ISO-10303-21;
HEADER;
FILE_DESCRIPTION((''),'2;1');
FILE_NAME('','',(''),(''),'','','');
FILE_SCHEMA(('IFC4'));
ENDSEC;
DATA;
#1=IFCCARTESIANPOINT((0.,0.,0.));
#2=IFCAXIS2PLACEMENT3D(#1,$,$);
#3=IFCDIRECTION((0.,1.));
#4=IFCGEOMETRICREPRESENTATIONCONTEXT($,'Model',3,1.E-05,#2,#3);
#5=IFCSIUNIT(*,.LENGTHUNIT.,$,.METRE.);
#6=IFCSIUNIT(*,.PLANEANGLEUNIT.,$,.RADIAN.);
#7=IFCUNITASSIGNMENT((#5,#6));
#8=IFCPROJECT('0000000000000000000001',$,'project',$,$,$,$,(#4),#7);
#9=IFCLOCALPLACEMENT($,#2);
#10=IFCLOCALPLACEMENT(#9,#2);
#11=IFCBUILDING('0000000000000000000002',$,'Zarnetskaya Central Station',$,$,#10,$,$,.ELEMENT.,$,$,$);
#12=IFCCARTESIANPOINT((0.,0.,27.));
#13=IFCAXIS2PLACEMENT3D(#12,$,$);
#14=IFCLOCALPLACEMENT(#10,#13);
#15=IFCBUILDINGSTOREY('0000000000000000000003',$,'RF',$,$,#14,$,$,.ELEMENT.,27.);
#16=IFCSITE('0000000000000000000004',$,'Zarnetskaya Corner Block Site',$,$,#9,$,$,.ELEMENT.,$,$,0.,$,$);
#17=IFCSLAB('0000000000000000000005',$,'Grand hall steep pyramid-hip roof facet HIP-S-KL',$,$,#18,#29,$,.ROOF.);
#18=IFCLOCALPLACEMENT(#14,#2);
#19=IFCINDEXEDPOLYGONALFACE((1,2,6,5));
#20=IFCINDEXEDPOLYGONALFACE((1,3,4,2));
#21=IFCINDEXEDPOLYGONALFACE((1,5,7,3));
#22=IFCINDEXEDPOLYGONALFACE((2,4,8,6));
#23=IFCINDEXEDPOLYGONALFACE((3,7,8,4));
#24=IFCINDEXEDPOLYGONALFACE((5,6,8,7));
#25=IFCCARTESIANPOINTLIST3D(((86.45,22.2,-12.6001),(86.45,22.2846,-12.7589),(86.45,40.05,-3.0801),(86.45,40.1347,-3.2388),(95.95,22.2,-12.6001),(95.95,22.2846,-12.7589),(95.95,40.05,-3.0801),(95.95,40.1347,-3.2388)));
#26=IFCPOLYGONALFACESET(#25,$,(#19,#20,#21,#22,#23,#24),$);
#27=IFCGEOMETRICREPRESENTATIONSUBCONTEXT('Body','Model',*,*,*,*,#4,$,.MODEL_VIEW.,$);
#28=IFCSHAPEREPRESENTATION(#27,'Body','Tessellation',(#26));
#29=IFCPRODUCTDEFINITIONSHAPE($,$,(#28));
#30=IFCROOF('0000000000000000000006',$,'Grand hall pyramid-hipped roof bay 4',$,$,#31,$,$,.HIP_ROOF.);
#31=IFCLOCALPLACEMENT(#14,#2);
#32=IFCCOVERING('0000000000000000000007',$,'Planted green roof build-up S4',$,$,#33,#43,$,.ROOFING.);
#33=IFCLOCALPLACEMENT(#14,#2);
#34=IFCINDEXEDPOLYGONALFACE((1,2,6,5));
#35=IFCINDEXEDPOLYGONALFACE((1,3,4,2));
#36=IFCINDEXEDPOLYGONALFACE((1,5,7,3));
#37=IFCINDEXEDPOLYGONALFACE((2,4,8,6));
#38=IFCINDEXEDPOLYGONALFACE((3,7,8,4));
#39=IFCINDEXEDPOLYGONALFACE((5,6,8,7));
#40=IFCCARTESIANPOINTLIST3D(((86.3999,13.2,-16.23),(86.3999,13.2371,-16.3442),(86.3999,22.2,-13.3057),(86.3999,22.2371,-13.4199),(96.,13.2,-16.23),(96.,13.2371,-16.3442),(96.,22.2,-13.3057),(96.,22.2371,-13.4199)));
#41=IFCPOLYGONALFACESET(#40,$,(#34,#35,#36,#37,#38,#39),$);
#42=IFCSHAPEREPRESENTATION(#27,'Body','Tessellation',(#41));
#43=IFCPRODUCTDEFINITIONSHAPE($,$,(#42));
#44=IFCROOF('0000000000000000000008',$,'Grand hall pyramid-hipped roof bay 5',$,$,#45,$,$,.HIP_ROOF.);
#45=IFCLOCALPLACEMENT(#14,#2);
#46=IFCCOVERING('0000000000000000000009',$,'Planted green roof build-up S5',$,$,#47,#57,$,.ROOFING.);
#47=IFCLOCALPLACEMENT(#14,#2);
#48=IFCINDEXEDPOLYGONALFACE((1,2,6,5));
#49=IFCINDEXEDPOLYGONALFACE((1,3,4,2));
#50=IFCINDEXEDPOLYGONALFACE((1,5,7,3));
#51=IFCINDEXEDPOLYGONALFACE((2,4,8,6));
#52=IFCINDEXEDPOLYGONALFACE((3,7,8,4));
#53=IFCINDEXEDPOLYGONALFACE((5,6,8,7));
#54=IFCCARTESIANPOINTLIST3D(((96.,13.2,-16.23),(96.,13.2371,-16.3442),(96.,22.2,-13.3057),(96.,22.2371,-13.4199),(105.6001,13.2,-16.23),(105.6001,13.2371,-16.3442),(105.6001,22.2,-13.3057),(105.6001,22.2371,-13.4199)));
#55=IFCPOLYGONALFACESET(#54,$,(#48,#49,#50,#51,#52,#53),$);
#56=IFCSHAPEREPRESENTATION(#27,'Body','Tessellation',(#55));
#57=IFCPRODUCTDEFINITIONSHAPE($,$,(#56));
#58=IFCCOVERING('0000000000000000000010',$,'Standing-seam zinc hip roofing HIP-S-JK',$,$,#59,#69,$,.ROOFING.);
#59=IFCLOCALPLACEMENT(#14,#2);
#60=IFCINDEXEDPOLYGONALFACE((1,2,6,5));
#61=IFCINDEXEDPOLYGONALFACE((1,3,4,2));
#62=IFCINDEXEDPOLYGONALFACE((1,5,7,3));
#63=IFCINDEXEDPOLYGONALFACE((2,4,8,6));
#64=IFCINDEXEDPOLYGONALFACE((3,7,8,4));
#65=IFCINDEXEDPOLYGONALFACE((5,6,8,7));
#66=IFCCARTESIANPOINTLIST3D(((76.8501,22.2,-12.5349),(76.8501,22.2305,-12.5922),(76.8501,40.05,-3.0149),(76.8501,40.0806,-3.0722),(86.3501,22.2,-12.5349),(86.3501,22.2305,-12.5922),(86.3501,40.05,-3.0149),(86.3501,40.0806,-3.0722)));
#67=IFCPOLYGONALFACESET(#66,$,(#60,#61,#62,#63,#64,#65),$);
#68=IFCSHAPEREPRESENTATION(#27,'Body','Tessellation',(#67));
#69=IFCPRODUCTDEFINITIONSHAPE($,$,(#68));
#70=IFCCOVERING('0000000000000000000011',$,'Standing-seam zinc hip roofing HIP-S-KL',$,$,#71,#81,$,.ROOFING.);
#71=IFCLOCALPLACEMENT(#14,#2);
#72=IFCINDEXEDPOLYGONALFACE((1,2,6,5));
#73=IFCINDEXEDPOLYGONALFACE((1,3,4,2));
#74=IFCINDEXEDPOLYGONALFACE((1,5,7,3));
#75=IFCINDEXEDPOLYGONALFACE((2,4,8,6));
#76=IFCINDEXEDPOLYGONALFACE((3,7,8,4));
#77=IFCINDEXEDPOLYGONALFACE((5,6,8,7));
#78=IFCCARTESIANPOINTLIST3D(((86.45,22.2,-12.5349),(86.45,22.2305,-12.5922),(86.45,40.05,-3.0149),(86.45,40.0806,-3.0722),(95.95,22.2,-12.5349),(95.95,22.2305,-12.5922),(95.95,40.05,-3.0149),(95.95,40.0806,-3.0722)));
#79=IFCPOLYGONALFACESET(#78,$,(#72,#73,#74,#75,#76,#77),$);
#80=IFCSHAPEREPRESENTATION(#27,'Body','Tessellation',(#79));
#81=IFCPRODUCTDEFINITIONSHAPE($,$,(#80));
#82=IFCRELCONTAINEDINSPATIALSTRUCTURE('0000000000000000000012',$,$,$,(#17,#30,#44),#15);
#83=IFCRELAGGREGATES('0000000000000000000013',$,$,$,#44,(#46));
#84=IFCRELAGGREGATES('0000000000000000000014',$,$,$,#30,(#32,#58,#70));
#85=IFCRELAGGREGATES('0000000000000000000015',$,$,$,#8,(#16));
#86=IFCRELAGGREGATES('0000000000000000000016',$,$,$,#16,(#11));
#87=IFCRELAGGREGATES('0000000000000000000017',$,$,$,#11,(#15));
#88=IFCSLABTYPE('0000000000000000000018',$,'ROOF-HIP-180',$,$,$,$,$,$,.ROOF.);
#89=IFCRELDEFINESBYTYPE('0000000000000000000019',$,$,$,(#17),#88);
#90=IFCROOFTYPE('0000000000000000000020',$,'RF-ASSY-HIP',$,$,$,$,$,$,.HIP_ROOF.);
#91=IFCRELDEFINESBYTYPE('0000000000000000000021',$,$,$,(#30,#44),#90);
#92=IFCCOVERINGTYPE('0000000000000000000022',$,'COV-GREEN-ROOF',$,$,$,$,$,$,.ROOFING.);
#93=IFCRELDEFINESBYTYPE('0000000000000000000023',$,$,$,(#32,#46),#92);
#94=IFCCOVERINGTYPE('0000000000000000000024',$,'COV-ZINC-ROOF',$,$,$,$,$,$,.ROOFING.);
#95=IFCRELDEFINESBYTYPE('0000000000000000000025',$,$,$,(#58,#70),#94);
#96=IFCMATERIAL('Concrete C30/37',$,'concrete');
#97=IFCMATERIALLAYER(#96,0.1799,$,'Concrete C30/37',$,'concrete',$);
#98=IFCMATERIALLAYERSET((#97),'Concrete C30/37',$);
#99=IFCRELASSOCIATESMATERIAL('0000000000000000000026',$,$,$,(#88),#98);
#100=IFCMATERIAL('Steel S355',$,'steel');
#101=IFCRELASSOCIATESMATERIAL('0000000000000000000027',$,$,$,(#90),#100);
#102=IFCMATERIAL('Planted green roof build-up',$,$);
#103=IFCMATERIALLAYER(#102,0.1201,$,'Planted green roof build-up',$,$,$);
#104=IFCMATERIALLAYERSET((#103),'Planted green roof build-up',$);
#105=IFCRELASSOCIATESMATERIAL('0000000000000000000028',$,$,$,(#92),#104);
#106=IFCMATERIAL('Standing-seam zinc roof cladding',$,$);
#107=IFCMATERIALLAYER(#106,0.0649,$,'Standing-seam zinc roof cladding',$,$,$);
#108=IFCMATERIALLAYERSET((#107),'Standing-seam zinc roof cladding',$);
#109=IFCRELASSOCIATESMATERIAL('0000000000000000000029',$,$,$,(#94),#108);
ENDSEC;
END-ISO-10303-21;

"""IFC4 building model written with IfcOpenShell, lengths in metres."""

from ifc_helpers import new_model, si_unit, direction, frame, origin, place, context, subcontext, project, spatial, polyline, outline, extrude, material, layer, layer_set, type_object, element, aggregate, save


model = new_model("IFC4")

# Units and contexts
model_context = context("Model", 3, precision=1e-05, world=origin(), true_north=direction((0.0, 1.0)))
body_context = subcontext(model_context, "Body", "Model", "MODEL_VIEW")
ifc_project = project(units=[si_unit("LENGTHUNIT", "METRE"), si_unit("PLANEANGLEUNIT", "RADIAN")], contexts=[model_context])

# Site, building, storey
site_placement = place(None, origin())
site = spatial("IfcSite", under=ifc_project, at=site_placement, Name="Zarnetskaya Corner Block Site", CompositionType="ELEMENT", RefElevation=0.0)
building_placement = place(site_placement, origin())
building = spatial("IfcBuilding", under=site, at=building_placement, Name="Zarnetskaya Central Station", CompositionType="ELEMENT")
storey_placement = place(building_placement, frame((0.0, 0.0, 27.0)))
storey = spatial("IfcBuildingStorey", under=building, at=storey_placement, Name="RF", CompositionType="ELEMENT", Elevation=27.0)

# Shared definitions
ifc_material_1 = material(Name="Steel S355", Category="steel")

# Slab
ifc_material_2 = material(Name="Concrete C30/37", Category="concrete")
ifc_layer_1 = layer(ifc_material_2, 0.1799, Name="Concrete C30/37", Category="concrete")
ifc_layer_set_1 = layer_set([ifc_layer_1], Name="Concrete C30/37")
slab_type_1 = type_object("IfcSlabType", Name="ROOF-HIP-180", PredefinedType="ROOF", material=ifc_layer_set_1)
for number, where, z_axis, x_axis, name in (
    (1, (86.45, 22.2, -12.6001), (0.0, -0.470587, 0.882354), (1.0, 0.0, 0.0), "Grand hall steep pyramid-hip roof facet HIP-S-KL"),
):
    element("IfcSlab", number, at=place(storey_placement, frame(where, z_axis=z_axis, x_axis=x_axis)), inside=storey, type_object=slab_type_1, Name=name, PredefinedType="ROOF", context=body_context, shape_type="SweptSolid", body=[
        extrude(outline(polyline([(0.0, 0.0), (9.5, 0.0), (9.5, 20.2301), (0.0, 20.2301), (0.0, 0.0)])), origin(), (0.0, 0.0, -1.0), 0.1799),
    ])

# Roofs, coverings
roof_type = type_object("IfcRoofType", Name="RF-ASSY-HIP", PredefinedType="HIP_ROOF", material=ifc_material_1)
roof_1_placement = place(storey_placement, origin())
roof_1 = element("IfcRoof", 2, at=roof_1_placement, inside=storey, type_object=roof_type, Name="Grand hall pyramid-hipped roof bay 4", PredefinedType="HIP_ROOF")
ifc_material_3 = material(Name="Planted green roof build-up")
ifc_layer_2 = layer(ifc_material_3, 0.1201, Name="Planted green roof build-up")
ifc_layer_set_2 = layer_set([ifc_layer_2], Name="Planted green roof build-up")
covering_type_1 = type_object("IfcCoveringType", Name="COV-GREEN-ROOF", PredefinedType="ROOFING", material=ifc_layer_set_2)
covering_1_placement = place(storey_placement, frame((86.3999, 13.2, -16.23), z_axis=(0.0, -0.309021, 0.951055), x_axis=(1.0, 0.0, 0.0)))
covering_1 = element("IfcCovering", 3, at=covering_1_placement, type_object=covering_type_1, Name="Planted green roof build-up S4", PredefinedType="ROOFING", context=body_context, shape_type="SweptSolid", body=[
    extrude(outline(polyline([(0.0, 0.0), (9.6001, 0.0), (9.6001, 9.4632), (0.0, 9.4632), (0.0, 0.0)])), origin(), (0.0, 0.0, -1.0), 0.1201),
])
roof_2_placement = place(storey_placement, origin())
roof_2 = element("IfcRoof", 4, at=roof_2_placement, inside=storey, type_object=roof_type, Name="Grand hall pyramid-hipped roof bay 5", PredefinedType="HIP_ROOF")
covering_2_placement = place(storey_placement, frame((96.0, 13.2, -16.23), z_axis=(0.0, -0.309021, 0.951055), x_axis=(1.0, 0.0, 0.0)))
covering_2 = element("IfcCovering", 5, at=covering_2_placement, type_object=covering_type_1, Name="Planted green roof build-up S5", PredefinedType="ROOFING", context=body_context, shape_type="SweptSolid", body=[
    extrude(outline(polyline([(0.0, 0.0), (9.6001, 0.0), (9.6001, 9.4632), (0.0, 9.4632), (0.0, 0.0)])), origin(), (0.0, 0.0, -1.0), 0.1201),
])
aggregate(roof_2, [covering_2])

# Coverings
ifc_material_4 = material(Name="Standing-seam zinc roof cladding")
ifc_layer_3 = layer(ifc_material_4, 0.0649, Name="Standing-seam zinc roof cladding")
ifc_layer_set_3 = layer_set([ifc_layer_3], Name="Standing-seam zinc roof cladding")
covering_type_2 = type_object("IfcCoveringType", Name="COV-ZINC-ROOF", PredefinedType="ROOFING", material=ifc_layer_set_3)
covering_3_placement = place(storey_placement, frame((76.8501, 22.2, -12.5349), z_axis=(0.0, -0.470587, 0.882354), x_axis=(1.0, 0.0, 0.0)))
covering_3 = element("IfcCovering", 6, at=covering_3_placement, type_object=covering_type_2, Name="Standing-seam zinc hip roofing HIP-S-JK", PredefinedType="ROOFING", context=body_context, shape_type="SweptSolid", body=[
    extrude(outline(polyline([(0.0, 0.0), (9.5, 0.0), (9.5, 20.2301), (0.0, 20.2301), (0.0, 0.0)])), origin(), (0.0, 0.0, -1.0), 0.0649),
])
covering_4_placement = place(storey_placement, frame((86.45, 22.2, -12.5349), z_axis=(0.0, -0.470587, 0.882354), x_axis=(1.0, 0.0, 0.0)))
covering_4 = element("IfcCovering", 7, at=covering_4_placement, type_object=covering_type_2, Name="Standing-seam zinc hip roofing HIP-S-KL", PredefinedType="ROOFING", context=body_context, shape_type="SweptSolid", body=[
    extrude(outline(polyline([(0.0, 0.0), (9.5, 0.0), (9.5, 20.2301), (0.0, 20.2301), (0.0, 0.0)])), origin(), (0.0, 0.0, -1.0), 0.0649),
])
aggregate(roof_1, [covering_1, covering_3, covering_4])

save(model, "model.ifc")
